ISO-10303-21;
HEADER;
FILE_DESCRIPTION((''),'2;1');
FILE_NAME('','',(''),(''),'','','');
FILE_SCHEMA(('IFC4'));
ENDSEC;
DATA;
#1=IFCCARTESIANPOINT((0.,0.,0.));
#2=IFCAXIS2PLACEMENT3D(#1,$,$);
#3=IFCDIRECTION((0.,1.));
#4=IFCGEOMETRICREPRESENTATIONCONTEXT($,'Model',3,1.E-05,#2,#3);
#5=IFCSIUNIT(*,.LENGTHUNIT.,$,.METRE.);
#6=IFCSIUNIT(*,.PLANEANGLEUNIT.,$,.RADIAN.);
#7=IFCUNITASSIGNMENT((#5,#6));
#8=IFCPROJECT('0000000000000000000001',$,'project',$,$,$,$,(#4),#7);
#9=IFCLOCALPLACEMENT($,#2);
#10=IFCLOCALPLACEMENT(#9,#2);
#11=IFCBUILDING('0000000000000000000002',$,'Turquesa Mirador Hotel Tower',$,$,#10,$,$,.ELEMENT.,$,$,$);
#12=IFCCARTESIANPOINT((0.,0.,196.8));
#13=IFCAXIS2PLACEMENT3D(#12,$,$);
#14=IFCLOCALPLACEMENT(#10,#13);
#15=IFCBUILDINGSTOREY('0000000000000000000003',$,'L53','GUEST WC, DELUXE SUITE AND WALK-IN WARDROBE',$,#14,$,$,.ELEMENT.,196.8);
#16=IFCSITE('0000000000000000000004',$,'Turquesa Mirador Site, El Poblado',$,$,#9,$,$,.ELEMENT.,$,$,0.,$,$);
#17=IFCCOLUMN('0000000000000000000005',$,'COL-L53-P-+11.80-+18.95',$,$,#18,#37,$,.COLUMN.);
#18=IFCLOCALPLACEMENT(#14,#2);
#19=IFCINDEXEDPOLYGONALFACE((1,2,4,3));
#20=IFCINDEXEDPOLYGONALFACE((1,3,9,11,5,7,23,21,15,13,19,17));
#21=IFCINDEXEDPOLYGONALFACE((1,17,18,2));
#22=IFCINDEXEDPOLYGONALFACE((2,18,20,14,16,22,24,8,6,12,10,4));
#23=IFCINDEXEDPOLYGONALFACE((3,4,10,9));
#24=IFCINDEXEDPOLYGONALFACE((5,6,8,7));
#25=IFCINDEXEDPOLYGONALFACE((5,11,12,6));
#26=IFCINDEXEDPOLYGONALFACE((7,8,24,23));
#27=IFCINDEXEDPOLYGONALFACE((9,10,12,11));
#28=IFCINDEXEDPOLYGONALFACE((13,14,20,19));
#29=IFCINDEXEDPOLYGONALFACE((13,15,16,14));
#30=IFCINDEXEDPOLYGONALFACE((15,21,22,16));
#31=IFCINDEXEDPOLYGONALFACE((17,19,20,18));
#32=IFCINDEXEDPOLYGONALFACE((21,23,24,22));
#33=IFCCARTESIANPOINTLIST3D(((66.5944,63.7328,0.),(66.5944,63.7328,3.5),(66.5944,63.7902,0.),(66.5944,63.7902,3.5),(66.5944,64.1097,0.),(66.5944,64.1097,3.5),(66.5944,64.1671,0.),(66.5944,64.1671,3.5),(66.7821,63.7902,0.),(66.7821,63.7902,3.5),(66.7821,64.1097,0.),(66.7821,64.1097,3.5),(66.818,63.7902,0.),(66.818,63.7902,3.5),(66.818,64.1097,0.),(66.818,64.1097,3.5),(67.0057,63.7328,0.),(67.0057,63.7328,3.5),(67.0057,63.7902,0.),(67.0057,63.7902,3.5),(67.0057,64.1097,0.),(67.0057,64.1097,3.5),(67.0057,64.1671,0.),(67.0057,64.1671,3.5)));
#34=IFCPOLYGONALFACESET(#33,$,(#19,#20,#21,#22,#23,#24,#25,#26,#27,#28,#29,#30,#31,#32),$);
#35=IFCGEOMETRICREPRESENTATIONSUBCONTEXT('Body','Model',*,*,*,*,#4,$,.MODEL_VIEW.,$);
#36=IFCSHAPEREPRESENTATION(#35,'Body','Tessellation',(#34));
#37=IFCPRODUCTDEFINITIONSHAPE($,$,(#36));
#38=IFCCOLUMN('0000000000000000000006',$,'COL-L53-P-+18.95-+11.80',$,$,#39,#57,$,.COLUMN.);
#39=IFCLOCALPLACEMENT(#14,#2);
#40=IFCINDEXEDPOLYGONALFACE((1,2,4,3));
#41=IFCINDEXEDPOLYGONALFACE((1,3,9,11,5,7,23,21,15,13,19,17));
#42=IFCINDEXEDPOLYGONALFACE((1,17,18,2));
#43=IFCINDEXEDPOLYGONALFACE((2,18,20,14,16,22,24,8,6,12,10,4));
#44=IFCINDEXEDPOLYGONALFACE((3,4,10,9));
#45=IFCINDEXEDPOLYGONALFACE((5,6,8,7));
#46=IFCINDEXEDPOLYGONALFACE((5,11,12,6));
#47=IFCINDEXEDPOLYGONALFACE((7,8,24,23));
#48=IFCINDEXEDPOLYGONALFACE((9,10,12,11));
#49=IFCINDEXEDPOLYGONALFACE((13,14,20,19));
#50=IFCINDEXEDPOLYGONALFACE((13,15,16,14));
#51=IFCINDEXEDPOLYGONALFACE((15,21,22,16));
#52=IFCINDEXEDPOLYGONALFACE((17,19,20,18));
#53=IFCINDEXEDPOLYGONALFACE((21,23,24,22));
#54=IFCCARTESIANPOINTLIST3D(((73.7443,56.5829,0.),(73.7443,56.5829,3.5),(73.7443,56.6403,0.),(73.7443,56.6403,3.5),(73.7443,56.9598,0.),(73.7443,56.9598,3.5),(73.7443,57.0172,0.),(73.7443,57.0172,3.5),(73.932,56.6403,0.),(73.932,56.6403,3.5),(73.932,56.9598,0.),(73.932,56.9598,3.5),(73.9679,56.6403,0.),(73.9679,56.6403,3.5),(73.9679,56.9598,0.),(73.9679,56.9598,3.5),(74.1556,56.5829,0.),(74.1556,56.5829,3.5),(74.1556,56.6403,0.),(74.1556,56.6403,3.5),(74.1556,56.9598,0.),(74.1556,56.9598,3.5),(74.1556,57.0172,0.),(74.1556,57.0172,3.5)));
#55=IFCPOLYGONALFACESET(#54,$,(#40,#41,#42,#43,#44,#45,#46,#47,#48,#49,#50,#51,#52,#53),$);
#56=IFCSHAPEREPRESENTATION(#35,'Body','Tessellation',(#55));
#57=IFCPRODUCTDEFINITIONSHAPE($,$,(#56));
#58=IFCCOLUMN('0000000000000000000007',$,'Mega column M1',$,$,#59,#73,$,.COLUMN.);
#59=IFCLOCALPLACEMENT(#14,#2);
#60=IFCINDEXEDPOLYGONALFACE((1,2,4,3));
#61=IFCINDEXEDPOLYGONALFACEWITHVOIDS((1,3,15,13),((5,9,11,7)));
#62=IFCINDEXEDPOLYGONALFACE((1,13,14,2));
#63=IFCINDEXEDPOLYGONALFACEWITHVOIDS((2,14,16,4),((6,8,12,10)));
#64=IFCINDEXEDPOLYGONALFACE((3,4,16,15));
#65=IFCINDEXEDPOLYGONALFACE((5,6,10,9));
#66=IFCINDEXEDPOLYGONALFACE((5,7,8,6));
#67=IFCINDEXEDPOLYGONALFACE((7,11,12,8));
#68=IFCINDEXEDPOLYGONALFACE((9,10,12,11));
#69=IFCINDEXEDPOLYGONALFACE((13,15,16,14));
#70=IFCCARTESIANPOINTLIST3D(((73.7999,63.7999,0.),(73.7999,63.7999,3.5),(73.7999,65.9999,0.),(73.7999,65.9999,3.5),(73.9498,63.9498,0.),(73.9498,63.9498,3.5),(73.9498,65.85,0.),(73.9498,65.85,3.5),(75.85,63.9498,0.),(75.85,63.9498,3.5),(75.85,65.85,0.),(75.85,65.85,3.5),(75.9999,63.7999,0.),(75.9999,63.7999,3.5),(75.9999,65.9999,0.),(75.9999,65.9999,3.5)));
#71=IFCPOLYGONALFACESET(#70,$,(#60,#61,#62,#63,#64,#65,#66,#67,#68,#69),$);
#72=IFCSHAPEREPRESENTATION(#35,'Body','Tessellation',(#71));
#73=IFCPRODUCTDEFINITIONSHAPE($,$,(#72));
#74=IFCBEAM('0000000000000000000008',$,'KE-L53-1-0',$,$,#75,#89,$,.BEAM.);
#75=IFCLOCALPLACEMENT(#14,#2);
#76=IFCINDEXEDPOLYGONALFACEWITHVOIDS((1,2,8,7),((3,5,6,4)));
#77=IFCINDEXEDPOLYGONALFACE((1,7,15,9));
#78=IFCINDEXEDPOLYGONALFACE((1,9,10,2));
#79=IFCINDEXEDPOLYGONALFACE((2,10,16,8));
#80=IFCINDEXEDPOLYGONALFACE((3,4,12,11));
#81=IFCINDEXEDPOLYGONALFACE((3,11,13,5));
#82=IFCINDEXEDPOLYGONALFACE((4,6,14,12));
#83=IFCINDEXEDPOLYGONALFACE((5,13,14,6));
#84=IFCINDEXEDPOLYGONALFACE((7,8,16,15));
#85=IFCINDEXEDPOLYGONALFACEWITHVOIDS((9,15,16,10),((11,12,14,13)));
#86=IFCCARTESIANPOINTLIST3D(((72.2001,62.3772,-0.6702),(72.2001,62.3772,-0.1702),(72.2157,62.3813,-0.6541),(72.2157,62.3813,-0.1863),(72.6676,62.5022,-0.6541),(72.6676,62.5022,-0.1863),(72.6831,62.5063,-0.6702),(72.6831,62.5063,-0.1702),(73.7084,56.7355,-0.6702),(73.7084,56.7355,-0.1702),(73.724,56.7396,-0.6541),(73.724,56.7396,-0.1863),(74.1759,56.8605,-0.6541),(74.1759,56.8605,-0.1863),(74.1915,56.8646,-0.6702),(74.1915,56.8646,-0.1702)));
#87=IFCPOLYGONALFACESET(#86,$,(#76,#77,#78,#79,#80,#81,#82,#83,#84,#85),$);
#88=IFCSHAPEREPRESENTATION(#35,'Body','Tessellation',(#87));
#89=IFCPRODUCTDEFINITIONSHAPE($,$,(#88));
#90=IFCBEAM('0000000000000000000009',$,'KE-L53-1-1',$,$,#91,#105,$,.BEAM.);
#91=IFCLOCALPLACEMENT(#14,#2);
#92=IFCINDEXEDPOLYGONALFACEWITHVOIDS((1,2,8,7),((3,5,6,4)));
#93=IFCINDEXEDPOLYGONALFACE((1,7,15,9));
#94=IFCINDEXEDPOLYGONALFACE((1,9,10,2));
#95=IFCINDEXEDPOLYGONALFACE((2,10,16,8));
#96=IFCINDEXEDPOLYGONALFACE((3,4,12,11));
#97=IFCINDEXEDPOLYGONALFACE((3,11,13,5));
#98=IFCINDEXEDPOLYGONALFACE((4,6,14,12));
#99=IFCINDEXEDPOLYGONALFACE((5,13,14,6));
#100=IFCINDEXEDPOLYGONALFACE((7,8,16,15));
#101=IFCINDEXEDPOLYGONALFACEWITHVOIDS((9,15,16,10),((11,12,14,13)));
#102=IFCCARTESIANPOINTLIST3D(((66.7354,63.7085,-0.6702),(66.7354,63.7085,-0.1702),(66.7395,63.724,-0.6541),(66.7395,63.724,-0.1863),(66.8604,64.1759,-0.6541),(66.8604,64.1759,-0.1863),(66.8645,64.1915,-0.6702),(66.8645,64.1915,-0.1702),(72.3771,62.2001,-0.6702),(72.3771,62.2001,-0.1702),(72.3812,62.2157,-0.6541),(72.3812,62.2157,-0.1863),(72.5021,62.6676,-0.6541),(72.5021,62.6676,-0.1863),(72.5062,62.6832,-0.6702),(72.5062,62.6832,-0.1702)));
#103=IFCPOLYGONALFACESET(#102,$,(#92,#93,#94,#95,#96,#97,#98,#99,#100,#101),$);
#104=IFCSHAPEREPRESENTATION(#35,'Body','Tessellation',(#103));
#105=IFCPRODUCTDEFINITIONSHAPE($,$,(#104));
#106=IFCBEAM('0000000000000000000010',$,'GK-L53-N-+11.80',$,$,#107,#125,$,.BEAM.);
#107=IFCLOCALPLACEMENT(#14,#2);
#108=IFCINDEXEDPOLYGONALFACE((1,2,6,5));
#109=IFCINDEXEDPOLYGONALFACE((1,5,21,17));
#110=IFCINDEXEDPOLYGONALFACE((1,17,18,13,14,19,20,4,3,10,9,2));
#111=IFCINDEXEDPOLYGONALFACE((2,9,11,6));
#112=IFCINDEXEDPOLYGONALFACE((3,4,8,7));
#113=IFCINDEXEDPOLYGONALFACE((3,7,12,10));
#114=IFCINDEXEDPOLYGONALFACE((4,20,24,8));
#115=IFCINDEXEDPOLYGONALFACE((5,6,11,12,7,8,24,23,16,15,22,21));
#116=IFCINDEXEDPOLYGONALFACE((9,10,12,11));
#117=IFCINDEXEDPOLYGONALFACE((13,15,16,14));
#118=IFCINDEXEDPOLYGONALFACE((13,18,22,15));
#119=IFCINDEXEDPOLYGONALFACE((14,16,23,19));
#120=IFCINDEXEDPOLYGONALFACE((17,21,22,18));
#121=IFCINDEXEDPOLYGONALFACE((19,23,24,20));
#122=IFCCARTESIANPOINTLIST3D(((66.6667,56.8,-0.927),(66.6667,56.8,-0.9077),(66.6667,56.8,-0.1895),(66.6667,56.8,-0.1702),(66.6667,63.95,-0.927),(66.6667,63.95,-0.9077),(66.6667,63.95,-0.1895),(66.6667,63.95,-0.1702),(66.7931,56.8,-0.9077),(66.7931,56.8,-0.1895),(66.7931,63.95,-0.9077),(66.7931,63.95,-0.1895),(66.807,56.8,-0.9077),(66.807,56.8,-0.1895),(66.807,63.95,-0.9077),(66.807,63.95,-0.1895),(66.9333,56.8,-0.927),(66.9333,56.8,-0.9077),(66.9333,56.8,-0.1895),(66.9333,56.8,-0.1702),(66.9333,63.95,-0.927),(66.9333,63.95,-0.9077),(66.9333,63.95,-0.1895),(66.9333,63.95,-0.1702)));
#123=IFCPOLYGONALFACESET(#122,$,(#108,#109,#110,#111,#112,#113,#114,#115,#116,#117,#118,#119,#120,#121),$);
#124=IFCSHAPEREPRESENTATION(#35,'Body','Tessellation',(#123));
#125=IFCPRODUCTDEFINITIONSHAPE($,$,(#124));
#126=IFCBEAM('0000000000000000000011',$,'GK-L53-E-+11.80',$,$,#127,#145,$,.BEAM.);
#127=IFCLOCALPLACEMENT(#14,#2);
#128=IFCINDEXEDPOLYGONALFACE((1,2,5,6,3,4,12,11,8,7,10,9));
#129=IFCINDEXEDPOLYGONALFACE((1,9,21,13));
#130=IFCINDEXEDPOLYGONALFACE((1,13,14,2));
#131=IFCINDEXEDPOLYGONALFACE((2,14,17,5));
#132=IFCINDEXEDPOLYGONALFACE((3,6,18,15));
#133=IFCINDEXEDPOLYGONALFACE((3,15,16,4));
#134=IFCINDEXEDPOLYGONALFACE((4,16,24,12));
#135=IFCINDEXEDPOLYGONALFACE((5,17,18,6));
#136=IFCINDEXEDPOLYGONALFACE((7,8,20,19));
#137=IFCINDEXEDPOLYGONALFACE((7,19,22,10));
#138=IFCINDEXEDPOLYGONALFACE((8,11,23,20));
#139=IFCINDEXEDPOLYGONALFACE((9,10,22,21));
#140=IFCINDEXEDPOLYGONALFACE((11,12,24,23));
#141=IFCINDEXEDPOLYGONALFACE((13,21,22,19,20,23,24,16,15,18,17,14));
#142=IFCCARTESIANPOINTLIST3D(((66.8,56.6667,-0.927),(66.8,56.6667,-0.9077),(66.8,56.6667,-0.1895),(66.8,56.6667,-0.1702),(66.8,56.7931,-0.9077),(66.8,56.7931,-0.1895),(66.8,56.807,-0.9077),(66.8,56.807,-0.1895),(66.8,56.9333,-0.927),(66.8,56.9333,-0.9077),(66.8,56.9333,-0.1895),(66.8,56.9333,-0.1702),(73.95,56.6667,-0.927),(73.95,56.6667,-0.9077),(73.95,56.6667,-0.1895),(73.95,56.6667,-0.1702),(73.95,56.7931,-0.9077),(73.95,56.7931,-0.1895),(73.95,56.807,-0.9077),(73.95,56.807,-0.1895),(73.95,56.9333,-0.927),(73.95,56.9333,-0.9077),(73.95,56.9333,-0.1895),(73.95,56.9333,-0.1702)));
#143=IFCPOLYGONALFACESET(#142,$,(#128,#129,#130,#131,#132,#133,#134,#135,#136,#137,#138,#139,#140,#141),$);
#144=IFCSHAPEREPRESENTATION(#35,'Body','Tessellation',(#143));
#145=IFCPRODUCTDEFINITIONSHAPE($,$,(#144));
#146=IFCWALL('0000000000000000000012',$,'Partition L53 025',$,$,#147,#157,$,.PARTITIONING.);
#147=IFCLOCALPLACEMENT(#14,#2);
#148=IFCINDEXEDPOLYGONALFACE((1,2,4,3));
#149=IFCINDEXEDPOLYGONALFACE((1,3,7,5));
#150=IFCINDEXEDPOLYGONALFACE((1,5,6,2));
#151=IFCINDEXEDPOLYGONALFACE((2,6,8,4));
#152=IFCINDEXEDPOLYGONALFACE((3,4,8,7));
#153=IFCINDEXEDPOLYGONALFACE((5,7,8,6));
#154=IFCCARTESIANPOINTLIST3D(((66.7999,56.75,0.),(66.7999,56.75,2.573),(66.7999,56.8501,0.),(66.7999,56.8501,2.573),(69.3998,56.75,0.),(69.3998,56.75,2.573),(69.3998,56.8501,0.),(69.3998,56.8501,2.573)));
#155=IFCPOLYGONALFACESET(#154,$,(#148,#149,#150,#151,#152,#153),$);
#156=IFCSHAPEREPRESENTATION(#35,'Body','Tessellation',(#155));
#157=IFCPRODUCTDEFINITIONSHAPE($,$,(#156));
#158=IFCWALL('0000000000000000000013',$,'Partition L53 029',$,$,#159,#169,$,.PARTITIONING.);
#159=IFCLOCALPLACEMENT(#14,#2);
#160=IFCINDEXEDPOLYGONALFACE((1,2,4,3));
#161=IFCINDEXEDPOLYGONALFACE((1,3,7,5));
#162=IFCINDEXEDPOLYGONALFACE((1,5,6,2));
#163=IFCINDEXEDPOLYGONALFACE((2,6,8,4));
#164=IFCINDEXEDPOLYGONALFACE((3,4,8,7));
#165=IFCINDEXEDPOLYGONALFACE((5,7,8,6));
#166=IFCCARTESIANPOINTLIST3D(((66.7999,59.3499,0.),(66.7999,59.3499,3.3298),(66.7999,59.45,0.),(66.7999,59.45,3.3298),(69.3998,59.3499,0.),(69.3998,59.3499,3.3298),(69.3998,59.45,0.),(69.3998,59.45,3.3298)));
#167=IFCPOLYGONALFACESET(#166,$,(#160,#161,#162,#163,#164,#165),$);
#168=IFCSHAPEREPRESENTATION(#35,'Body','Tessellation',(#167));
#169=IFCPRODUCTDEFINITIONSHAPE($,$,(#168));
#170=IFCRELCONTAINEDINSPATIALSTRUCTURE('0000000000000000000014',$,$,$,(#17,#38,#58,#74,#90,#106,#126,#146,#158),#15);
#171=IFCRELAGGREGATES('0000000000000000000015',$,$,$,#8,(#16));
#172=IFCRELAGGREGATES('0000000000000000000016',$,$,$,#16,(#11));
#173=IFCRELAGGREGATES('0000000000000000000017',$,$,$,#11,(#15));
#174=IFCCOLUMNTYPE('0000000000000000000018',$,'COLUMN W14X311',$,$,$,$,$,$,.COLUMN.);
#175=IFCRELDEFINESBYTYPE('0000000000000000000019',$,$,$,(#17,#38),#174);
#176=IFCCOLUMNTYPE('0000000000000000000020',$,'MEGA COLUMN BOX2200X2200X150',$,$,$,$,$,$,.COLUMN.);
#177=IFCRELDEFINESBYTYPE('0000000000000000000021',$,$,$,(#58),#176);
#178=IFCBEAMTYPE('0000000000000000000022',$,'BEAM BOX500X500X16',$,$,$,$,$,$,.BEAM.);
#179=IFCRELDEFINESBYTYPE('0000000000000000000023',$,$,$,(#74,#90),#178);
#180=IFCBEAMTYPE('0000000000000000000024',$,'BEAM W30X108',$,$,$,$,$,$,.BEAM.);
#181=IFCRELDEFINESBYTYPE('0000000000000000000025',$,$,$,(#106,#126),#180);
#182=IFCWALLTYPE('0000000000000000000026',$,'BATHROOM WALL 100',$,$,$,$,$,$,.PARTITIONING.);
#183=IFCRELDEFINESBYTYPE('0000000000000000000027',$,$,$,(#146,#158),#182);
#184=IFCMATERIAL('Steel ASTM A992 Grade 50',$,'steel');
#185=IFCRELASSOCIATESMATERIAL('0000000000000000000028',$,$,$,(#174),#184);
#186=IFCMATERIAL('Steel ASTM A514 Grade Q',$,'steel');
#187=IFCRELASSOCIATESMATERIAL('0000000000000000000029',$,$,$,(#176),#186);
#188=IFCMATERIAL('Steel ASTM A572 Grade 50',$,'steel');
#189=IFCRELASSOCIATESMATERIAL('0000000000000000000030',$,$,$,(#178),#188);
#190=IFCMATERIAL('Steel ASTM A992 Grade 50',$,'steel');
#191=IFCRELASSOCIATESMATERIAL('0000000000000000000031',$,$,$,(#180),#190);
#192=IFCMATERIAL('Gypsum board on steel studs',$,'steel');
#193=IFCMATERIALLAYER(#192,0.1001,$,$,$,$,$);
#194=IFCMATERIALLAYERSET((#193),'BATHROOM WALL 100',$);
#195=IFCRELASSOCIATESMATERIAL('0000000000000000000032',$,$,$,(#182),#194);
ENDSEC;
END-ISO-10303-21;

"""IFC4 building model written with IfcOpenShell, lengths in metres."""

from ifc_helpers import new_model, si_unit, direction, frame, frame_2d, origin, origin_2d, place, context, subcontext, project, spatial, rectangle, hollow_rectangle, i_section, extrude, material, layer, layer_set, material_profile, profile_set, type_object, element, save


model = new_model("IFC4")

# Units and contexts
model_context = context("Model", 3, precision=1e-05, world=origin(), true_north=direction((0.0, 1.0)))
body_context = subcontext(model_context, "Body", "Model", "MODEL_VIEW")
ifc_project = project(units=[si_unit("LENGTHUNIT", "METRE"), si_unit("PLANEANGLEUNIT", "RADIAN")], contexts=[model_context])

# Site, building, storey
site_placement = place(None, origin())
site = spatial("IfcSite", under=ifc_project, at=site_placement, Name="Turquesa Mirador Site, El Poblado", CompositionType="ELEMENT", RefElevation=0.0)
building_placement = place(site_placement, origin())
building = spatial("IfcBuilding", under=site, at=building_placement, Name="Turquesa Mirador Hotel Tower", CompositionType="ELEMENT")
storey_placement = place(building_placement, frame((0.0, 0.0, 196.8)))
storey = spatial("IfcBuildingStorey", under=building, at=storey_placement, Name="L53", Description="GUEST WC, DELUXE SUITE AND WALK-IN WARDROBE", CompositionType="ELEMENT", Elevation=196.8)

# Columns
ifc_material_1 = material(Name="Steel ASTM A992 Grade 50", Category="steel")
ifc_material_profile_1 = material_profile(ifc_material_1, i_section(OverallWidth=0.4114, OverallDepth=0.4343, WebThickness=0.0359, FlangeThickness=0.0574, at=origin_2d()), Name="W14X311")
ifc_profile_set_1 = profile_set([ifc_material_profile_1], Name="Steel ASTM A992 Grade 50")
column_type_1 = type_object("IfcColumnType", Name="COLUMN W14X311", PredefinedType="COLUMN", material=ifc_profile_set_1)
for number, where, z_axis, x_axis, name in (
    (1, (66.8, 63.95, 0.0), (0.0, 0.0, 1.0), (1.0, 0.0, 0.0), "COL-L53-P-+11.80-+18.95"),
    (2, (73.95, 56.8, 0.0), (0.0, 0.0, 1.0), (1.0, 0.0, 0.0), "COL-L53-P-+18.95-+11.80"),
):
    element("IfcColumn", number, at=place(storey_placement, frame(where, z_axis=z_axis, x_axis=x_axis)), inside=storey, type_object=column_type_1, Name=name, PredefinedType="COLUMN", context=body_context, shape_type="SweptSolid", body=[
        extrude(i_section(OverallWidth=0.4114, OverallDepth=0.4343, WebThickness=0.0359, FlangeThickness=0.0574, at=origin_2d()), origin(), (0.0, 0.0, 1.0), 3.5),
    ])
ifc_material_2 = material(Name="Steel ASTM A514 Grade Q", Category="steel")
ifc_material_profile_2 = material_profile(ifc_material_2, hollow_rectangle(XDim=2.2, YDim=2.2, WallThickness=0.1499, at=origin_2d()), Name="BOX2200X2200X150")
ifc_profile_set_2 = profile_set([ifc_material_profile_2], Name="Steel ASTM A514 Grade Q")
column_type_2 = type_object("IfcColumnType", Name="MEGA COLUMN BOX2200X2200X150", PredefinedType="COLUMN", material=ifc_profile_set_2)
column_placement = place(storey_placement, frame((74.8999, 64.8999, 0.0), z_axis=(0.0, 0.0, 1.0), x_axis=(1.0, 0.0, 0.0)))
element("IfcColumn", 3, at=column_placement, inside=storey, type_object=column_type_2, Name="Mega column M1", PredefinedType="COLUMN", context=body_context, shape_type="SweptSolid", body=[
    extrude(hollow_rectangle(XDim=2.2, YDim=2.2, WallThickness=0.1499, at=origin_2d()), origin(), (0.0, 0.0, 1.0), 3.5),
])

# Beams
ifc_material_3 = material(Name="Steel ASTM A572 Grade 50", Category="steel")
ifc_material_profile_3 = material_profile(ifc_material_3, hollow_rectangle(XDim=0.5, YDim=0.5, WallThickness=0.0161, at=origin_2d()), Name="BOX500X500X16")
ifc_profile_set_3 = profile_set([ifc_material_profile_3], Name="Steel ASTM A572 Grade 50")
beam_type_1 = type_object("IfcBeamType", Name="BEAM BOX500X500X16", PredefinedType="BEAM", material=ifc_profile_set_3)
for number, where, z_axis, x_axis, name in (
    (4, (73.95, 56.8, -0.4202), (-0.258282, 0.96607, 0.0), (-0.96607, -0.258282, 0.0), "KE-L53-1-0"),
    (5, (72.4417, 62.4417, -0.4202), (-0.96607, 0.258282, 0.0), (-0.258282, -0.96607, 0.0), "KE-L53-1-1"),
):
    element("IfcBeam", number, at=place(storey_placement, frame(where, z_axis=z_axis, x_axis=x_axis)), inside=storey, type_object=beam_type_1, Name=name, PredefinedType="BEAM", context=body_context, shape_type="SweptSolid", body=[
        extrude(hollow_rectangle(XDim=0.5, YDim=0.5, WallThickness=0.0161, at=origin_2d()), origin(), (0.0, 0.0, 1.0), 5.8398),
    ])
ifc_material_4 = material(Name="Steel ASTM A992 Grade 50", Category="steel")
ifc_material_profile_4 = material_profile(ifc_material_4, i_section(OverallWidth=0.2666, OverallDepth=0.7568, WebThickness=0.0139, FlangeThickness=0.0193, at=origin_2d()), Name="W30X108")
ifc_profile_set_4 = profile_set([ifc_material_profile_4], Name="Steel ASTM A992 Grade 50")
beam_type_2 = type_object("IfcBeamType", Name="BEAM W30X108", PredefinedType="BEAM", material=ifc_profile_set_4)
for number, where, z_axis, x_axis, name in (
    (6, (66.8, 63.95, -0.5486), (0.0, -1.0, 0.0), (1.0, 0.0, 0.0), "GK-L53-N-+11.80"),
    (7, (73.95, 56.8, -0.5486), (-1.0, 0.0, 0.0), (0.0, -1.0, 0.0), "GK-L53-E-+11.80"),
):
    element("IfcBeam", number, at=place(storey_placement, frame(where, z_axis=z_axis, x_axis=x_axis)), inside=storey, type_object=beam_type_2, Name=name, PredefinedType="BEAM", context=body_context, shape_type="SweptSolid", body=[
        extrude(i_section(OverallWidth=0.2666, OverallDepth=0.7568, WebThickness=0.0139, FlangeThickness=0.0193, at=origin_2d()), origin(), (0.0, 0.0, 1.0), 7.1499),
    ])

# Walls
ifc_material_5 = material(Name="Gypsum board on steel studs", Category="steel")
ifc_layer_1 = layer(ifc_material_5, 0.1001)
ifc_layer_set_1 = layer_set([ifc_layer_1], Name="BATHROOM WALL 100")
wall_type_1 = type_object("IfcWallType", Name="BATHROOM WALL 100", PredefinedType="PARTITIONING", material=ifc_layer_set_1)
wall_1_placement = place(storey_placement, frame((66.8, 56.8, 0.0), z_axis=(0.0, 0.0, 1.0), x_axis=(1.0, 0.0, 0.0)))
element("IfcWall", 8, at=wall_1_placement, inside=storey, type_object=wall_type_1, Name="Partition L53 025", PredefinedType="PARTITIONING", context=body_context, shape_type="SweptSolid", body=[
    extrude(rectangle(XDim=2.5999, YDim=0.1001, at=frame_2d((1.2998, 0.0))), origin(), (0.0, 0.0, 1.0), 2.573),
])
wall_2_placement = place(storey_placement, frame((66.8, 59.3999, 0.0), z_axis=(0.0, 0.0, 1.0), x_axis=(1.0, 0.0, 0.0)))
element("IfcWall", 9, at=wall_2_placement, inside=storey, type_object=wall_type_1, Name="Partition L53 029", PredefinedType="PARTITIONING", context=body_context, shape_type="SweptSolid", body=[
    extrude(rectangle(XDim=2.5999, YDim=0.1001, at=frame_2d((1.2998, 0.0))), origin(), (0.0, 0.0, 1.0), 3.3298),
])

save(model, "model.ifc")
